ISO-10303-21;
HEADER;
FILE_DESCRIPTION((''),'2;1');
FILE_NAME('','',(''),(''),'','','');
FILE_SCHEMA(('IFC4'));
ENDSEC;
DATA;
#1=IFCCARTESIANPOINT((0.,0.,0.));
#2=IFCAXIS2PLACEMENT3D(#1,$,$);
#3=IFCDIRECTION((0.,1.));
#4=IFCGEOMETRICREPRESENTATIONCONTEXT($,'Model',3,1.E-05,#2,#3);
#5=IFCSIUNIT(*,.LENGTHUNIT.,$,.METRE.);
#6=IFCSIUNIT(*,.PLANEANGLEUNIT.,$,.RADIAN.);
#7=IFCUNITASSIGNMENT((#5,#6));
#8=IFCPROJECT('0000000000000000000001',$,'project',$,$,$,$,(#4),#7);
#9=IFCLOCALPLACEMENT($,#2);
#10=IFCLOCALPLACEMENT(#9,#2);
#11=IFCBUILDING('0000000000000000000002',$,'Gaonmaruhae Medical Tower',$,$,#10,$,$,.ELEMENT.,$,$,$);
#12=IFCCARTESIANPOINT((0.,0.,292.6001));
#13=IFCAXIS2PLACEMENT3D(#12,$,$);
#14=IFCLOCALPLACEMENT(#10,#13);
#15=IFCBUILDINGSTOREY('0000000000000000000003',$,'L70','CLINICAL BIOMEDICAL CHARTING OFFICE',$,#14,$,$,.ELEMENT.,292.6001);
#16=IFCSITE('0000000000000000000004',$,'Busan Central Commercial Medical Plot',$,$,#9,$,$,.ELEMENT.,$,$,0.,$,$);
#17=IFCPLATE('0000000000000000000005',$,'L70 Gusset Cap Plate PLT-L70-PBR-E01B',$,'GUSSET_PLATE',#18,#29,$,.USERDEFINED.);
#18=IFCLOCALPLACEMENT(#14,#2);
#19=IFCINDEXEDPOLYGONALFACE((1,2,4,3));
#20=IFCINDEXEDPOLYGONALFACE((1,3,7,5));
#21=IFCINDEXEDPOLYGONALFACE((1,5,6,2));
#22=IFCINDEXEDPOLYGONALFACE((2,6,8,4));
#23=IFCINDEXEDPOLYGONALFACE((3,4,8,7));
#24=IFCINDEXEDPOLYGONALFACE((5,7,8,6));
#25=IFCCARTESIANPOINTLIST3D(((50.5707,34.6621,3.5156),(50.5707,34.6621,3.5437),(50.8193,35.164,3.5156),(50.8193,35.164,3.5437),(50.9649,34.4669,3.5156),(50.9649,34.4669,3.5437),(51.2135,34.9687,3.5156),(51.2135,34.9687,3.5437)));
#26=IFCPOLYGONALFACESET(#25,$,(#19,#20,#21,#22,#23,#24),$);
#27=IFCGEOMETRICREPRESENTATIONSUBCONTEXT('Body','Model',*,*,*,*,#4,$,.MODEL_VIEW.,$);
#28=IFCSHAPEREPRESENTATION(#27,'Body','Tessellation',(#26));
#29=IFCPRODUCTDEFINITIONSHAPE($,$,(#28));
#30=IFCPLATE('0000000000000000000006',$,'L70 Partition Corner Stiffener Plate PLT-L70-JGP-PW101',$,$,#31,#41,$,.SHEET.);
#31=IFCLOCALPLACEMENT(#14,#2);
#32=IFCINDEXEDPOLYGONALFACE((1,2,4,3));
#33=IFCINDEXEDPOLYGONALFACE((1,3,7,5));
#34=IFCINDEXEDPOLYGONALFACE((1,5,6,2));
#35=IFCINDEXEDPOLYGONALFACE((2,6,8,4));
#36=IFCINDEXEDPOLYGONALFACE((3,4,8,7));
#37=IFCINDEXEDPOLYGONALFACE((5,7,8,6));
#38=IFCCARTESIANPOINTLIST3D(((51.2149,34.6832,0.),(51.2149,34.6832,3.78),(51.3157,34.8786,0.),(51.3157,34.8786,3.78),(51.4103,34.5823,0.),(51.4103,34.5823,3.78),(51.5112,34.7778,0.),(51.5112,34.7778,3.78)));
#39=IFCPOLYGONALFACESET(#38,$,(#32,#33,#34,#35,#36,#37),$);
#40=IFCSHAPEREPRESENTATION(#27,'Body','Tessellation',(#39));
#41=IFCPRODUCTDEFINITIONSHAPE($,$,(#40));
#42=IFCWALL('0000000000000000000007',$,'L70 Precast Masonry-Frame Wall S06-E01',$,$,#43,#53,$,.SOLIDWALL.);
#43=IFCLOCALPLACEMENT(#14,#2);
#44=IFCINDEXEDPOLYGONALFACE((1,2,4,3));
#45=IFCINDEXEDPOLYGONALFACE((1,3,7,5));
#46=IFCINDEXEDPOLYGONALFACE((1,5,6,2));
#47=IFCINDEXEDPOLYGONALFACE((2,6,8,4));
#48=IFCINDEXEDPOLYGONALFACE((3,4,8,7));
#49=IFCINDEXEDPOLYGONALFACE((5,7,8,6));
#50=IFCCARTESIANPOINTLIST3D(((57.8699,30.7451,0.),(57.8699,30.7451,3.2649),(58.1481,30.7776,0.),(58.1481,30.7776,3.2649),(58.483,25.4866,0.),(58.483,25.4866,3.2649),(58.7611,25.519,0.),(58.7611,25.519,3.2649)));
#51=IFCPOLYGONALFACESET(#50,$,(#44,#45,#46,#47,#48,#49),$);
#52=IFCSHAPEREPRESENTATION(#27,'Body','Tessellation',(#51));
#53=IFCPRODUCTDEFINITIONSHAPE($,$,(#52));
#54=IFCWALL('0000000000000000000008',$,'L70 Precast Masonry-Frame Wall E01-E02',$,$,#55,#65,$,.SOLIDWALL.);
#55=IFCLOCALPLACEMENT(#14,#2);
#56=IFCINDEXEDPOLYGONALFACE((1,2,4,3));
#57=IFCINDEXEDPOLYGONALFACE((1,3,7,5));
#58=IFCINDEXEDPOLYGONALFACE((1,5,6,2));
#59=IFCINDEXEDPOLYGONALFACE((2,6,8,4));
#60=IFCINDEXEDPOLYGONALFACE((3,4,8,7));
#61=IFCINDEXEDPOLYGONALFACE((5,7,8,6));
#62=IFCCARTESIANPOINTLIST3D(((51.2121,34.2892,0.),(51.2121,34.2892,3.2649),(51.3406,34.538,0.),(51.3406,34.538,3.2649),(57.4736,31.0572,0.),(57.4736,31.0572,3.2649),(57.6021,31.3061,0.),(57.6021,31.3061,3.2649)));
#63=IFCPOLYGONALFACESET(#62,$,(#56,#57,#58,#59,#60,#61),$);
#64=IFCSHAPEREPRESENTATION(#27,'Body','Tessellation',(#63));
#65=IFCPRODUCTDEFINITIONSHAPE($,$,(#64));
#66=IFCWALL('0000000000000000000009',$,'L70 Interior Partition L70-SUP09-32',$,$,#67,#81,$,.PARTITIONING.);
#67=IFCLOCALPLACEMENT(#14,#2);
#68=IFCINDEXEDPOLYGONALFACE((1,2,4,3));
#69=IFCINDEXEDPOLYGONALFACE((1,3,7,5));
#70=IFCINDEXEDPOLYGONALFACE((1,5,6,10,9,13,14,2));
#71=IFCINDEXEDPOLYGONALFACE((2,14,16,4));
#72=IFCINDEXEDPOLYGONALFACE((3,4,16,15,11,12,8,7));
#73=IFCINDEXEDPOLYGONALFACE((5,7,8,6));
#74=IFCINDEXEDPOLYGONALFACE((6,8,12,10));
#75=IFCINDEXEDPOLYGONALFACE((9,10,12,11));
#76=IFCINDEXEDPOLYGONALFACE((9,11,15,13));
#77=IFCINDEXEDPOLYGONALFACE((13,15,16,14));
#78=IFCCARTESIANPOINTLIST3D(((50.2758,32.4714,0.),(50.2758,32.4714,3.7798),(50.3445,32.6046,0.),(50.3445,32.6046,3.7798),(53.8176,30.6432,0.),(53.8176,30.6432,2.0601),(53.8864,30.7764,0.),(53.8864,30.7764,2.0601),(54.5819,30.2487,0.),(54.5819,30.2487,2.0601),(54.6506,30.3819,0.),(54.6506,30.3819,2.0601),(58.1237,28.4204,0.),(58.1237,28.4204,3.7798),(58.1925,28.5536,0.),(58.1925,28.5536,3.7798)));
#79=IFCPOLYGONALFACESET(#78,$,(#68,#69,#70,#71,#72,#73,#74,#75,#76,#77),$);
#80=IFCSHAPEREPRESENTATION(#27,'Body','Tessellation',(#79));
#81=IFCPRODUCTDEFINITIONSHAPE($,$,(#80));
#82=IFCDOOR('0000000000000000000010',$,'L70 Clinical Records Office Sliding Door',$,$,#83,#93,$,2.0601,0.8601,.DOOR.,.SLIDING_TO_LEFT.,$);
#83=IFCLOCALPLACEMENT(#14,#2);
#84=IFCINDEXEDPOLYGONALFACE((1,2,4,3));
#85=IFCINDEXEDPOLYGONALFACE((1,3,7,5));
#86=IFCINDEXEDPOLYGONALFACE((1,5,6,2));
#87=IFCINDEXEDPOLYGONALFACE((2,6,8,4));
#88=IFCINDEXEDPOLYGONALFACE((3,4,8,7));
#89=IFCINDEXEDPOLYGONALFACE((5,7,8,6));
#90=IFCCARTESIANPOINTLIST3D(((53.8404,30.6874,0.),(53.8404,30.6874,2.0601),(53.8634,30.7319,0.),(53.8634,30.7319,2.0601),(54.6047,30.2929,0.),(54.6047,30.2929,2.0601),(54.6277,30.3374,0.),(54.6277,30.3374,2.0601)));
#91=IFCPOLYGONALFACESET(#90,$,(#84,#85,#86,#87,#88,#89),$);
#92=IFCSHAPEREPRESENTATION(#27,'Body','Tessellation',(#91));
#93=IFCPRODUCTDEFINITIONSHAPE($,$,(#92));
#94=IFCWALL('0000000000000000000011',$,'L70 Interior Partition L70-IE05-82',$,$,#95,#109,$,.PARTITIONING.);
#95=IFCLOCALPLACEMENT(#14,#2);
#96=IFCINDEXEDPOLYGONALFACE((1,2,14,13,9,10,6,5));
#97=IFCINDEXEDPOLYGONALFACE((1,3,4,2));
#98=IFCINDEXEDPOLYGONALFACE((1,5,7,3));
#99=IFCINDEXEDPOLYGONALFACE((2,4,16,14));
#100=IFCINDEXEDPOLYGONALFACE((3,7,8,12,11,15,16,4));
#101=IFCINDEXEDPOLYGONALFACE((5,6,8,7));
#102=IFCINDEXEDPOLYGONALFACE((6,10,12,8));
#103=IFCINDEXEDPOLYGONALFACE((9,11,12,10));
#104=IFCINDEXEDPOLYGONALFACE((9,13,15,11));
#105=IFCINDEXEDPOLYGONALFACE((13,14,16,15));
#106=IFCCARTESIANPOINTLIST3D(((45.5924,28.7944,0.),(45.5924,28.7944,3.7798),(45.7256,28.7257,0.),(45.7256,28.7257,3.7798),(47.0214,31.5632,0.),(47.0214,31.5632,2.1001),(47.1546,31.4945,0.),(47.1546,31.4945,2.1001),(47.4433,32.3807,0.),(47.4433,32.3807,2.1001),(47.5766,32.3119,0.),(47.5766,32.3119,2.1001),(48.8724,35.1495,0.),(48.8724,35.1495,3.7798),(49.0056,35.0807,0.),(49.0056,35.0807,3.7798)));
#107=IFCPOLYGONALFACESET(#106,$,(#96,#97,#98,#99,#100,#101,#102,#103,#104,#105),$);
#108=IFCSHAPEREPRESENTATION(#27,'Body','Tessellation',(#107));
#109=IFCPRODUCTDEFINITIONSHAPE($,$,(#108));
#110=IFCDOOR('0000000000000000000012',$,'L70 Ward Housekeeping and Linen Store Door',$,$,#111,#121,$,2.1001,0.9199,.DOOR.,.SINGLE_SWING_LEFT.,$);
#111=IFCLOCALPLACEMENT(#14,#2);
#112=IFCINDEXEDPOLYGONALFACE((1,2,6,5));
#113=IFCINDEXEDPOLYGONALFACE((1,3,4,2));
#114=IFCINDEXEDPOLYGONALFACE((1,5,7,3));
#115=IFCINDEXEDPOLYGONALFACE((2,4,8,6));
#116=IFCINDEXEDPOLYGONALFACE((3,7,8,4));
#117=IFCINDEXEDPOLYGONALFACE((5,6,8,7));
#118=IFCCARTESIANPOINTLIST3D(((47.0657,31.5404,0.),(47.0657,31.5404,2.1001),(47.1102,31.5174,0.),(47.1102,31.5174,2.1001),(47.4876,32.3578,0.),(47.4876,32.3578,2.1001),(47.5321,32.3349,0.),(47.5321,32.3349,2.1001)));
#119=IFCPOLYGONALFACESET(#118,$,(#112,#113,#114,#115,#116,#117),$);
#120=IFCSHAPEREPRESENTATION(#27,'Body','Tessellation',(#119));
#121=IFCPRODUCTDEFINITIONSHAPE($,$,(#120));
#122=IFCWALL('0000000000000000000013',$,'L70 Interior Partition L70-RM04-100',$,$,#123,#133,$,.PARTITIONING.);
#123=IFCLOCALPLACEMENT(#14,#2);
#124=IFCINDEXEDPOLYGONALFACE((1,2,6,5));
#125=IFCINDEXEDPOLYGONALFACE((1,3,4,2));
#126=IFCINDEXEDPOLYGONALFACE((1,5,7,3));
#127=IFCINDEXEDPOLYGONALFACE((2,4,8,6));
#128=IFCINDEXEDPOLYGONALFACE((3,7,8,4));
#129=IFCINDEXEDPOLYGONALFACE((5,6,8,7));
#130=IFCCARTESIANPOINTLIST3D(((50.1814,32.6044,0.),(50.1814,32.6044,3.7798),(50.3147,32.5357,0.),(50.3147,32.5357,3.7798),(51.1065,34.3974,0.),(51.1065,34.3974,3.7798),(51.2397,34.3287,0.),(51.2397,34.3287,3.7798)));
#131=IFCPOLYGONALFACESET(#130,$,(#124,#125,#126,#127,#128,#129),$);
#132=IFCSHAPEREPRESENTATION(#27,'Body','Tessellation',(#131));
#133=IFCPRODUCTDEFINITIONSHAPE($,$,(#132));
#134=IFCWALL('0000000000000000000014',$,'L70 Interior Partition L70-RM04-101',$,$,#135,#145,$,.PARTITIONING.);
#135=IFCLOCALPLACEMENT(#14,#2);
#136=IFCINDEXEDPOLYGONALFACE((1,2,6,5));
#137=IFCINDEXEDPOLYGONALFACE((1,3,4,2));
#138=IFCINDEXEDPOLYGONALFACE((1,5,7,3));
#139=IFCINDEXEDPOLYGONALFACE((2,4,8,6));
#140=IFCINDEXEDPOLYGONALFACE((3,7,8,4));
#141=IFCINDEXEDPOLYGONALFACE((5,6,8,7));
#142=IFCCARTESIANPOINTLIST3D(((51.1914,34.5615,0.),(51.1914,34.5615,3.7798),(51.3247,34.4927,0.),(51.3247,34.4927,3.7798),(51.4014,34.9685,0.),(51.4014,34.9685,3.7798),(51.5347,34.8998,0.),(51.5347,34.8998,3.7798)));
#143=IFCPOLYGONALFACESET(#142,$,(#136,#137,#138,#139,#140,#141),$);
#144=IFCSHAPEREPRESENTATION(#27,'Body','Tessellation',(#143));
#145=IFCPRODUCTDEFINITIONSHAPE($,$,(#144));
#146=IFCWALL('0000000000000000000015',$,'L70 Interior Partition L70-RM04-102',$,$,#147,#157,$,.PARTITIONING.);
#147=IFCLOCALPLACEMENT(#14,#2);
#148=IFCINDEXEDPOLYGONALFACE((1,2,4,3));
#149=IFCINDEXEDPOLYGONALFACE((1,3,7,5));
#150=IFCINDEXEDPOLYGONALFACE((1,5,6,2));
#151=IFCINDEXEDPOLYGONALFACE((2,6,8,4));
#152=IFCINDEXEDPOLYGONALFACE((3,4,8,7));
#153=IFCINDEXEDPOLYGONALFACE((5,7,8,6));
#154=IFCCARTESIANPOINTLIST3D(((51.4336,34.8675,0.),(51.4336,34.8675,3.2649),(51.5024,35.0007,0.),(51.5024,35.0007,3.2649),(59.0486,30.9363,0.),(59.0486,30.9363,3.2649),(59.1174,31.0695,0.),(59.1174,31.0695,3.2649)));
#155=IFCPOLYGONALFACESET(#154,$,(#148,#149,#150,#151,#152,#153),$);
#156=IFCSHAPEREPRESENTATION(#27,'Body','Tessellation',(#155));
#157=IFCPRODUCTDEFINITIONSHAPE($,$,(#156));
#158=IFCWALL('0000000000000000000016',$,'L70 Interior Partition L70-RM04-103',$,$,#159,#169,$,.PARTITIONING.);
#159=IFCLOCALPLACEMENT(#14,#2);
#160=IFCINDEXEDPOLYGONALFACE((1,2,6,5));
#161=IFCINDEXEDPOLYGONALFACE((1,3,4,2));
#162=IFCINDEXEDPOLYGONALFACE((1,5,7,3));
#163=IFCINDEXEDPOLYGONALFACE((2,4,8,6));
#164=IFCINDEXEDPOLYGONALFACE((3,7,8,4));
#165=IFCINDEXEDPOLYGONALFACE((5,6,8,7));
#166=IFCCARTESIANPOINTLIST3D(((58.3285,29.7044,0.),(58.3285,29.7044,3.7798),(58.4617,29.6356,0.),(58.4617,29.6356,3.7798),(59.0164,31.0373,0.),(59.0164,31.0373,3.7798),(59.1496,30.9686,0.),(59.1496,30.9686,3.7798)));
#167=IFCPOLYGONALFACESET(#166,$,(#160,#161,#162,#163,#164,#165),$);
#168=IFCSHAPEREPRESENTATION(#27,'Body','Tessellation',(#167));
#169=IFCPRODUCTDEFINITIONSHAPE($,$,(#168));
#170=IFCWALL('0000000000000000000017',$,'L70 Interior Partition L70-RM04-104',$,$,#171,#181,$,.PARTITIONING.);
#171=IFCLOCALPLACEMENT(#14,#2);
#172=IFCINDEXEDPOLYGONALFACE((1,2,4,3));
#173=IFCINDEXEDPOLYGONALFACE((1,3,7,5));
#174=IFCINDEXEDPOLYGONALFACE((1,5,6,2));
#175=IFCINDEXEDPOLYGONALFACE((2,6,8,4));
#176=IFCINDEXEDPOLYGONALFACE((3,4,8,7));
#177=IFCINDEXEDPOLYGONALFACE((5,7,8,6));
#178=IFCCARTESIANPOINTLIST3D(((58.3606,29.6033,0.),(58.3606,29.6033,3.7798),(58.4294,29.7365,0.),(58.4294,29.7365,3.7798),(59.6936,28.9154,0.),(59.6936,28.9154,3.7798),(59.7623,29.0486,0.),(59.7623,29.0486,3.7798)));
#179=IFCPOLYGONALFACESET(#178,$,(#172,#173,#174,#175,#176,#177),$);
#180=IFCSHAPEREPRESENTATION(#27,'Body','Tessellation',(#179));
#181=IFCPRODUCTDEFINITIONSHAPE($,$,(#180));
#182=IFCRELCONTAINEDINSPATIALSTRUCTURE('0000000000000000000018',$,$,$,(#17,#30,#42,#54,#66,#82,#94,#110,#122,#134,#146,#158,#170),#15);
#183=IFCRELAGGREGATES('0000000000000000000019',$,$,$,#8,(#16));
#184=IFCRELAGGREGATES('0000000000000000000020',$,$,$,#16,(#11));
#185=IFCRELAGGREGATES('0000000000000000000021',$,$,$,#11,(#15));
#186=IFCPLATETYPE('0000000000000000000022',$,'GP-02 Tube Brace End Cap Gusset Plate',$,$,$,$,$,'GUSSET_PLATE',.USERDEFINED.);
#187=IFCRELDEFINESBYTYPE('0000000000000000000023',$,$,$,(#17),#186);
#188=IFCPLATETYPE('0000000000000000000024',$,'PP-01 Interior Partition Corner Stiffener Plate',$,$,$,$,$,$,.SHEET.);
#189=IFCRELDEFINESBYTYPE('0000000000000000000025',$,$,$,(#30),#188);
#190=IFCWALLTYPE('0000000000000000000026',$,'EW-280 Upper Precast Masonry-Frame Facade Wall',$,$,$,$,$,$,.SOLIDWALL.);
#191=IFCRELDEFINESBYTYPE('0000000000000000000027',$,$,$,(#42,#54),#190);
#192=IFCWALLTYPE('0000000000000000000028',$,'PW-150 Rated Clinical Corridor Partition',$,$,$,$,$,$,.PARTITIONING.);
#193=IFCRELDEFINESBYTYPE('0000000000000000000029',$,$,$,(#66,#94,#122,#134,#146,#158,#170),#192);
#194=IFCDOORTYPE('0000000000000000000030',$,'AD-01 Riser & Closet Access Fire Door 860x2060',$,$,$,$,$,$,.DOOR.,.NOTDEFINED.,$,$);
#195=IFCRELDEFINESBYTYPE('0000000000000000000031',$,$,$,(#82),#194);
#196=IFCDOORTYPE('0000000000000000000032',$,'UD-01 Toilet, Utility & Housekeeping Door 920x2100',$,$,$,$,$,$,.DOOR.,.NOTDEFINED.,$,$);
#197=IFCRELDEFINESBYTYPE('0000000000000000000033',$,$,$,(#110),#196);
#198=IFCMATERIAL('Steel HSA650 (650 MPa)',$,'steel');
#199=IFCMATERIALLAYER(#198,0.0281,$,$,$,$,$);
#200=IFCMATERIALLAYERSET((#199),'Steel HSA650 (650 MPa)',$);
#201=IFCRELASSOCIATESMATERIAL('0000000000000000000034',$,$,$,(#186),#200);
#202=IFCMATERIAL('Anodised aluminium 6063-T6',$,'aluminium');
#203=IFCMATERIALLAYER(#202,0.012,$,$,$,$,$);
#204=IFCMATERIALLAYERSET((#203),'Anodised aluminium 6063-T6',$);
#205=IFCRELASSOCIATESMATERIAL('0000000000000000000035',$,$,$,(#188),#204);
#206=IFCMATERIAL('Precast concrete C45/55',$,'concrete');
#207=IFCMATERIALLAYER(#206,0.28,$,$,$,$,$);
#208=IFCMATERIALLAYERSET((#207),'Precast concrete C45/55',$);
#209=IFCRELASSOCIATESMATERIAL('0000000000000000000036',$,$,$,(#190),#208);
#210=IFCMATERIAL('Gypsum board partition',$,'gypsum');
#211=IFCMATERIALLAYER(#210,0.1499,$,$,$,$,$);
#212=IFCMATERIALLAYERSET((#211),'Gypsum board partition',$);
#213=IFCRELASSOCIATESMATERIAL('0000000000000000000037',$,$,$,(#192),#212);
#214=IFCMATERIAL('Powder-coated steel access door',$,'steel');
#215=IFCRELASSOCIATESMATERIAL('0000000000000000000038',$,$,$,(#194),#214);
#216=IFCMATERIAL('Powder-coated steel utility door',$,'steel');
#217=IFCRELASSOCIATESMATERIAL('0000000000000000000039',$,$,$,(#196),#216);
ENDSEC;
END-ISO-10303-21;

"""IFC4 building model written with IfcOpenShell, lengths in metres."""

from ifc_helpers import new_model, si_unit, direction, frame, frame_2d, origin, origin_2d, place, context, subcontext, project, spatial, rectangle, extrude, material, layer, layer_set, type_object, element, fill, save


model = new_model("IFC4")

# Units and contexts
model_context = context("Model", 3, precision=1e-05, world=origin(), true_north=direction((0.0, 1.0)))
body_context = subcontext(model_context, "Body", "Model", "MODEL_VIEW")
ifc_project = project(units=[si_unit("LENGTHUNIT", "METRE"), si_unit("PLANEANGLEUNIT", "RADIAN")], contexts=[model_context])

# Site, building, storey
site_placement = place(None, origin())
site = spatial("IfcSite", under=ifc_project, at=site_placement, Name="Busan Central Commercial Medical Plot", CompositionType="ELEMENT", RefElevation=0.0)
building_placement = place(site_placement, origin())
building = spatial("IfcBuilding", under=site, at=building_placement, Name="Gaonmaruhae Medical Tower", CompositionType="ELEMENT")
storey_placement = place(building_placement, frame((0.0, 0.0, 292.6001)))
storey = spatial("IfcBuildingStorey", under=building, at=storey_placement, Name="L70", Description="CLINICAL BIOMEDICAL CHARTING OFFICE", CompositionType="ELEMENT", Elevation=292.6001)

# Plates
ifc_material_1 = material(Name="Steel HSA650 (650 MPa)", Category="steel")
ifc_layer_1 = layer(ifc_material_1, 0.0281)
ifc_layer_set_1 = layer_set([ifc_layer_1], Name="Steel HSA650 (650 MPa)")
plate_type_1 = type_object("IfcPlateType", Name="GP-02 Tube Brace End Cap Gusset Plate", ElementType="GUSSET_PLATE", PredefinedType="USERDEFINED", material=ifc_layer_set_1)
for number, where, z_axis, x_axis, name in (
    (1, (50.8921, 34.8154, 3.5156), (0.0, 0.0, 1.0), (0.443853, 0.896099, 0.0), "L70 Gusset Cap Plate PLT-L70-PBR-E01B"),
):
    element("IfcPlate", number, at=place(storey_placement, frame(where, z_axis=z_axis, x_axis=x_axis)), inside=storey, type_object=plate_type_1, Name=name, ObjectType="GUSSET_PLATE", PredefinedType="USERDEFINED", context=body_context, shape_type="SweptSolid", body=[
        extrude(rectangle(XDim=0.5601, YDim=0.4399, at=origin_2d()), origin(), (0.0, 0.0, 1.0), 0.0281),
    ])
ifc_material_2 = material(Name="Anodised aluminium 6063-T6", Category="aluminium")
ifc_layer_2 = layer(ifc_material_2, 0.012)
ifc_layer_set_2 = layer_set([ifc_layer_2], Name="Anodised aluminium 6063-T6")
plate_type_2 = type_object("IfcPlateType", Name="PP-01 Interior Partition Corner Stiffener Plate", PredefinedType="SHEET", material=ifc_layer_set_2)
plate_placement = place(storey_placement, frame((51.363, 34.7305, 0.0), z_axis=(0.0, 0.0, 1.0), x_axis=(0.458525, 0.888681, 0.0)))
element("IfcPlate", 2, at=plate_placement, inside=storey, type_object=plate_type_2, Name="L70 Partition Corner Stiffener Plate PLT-L70-JGP-PW101", PredefinedType="SHEET", context=body_context, shape_type="SweptSolid", body=[
    extrude(rectangle(XDim=0.22, YDim=0.22, at=origin_2d()), origin(), (0.0, 0.0, 1.0), 3.78),
])

# Walls
ifc_material_3 = material(Name="Precast concrete C45/55", Category="concrete")
ifc_layer_3 = layer(ifc_material_3, 0.28)
ifc_layer_set_3 = layer_set([ifc_layer_3], Name="Precast concrete C45/55")
wall_type_1 = type_object("IfcWallType", Name="EW-280 Upper Precast Masonry-Frame Facade Wall", PredefinedType="SOLIDWALL", material=ifc_layer_set_3)
wall_1_placement = place(storey_placement, frame((58.009, 30.7612, 0.0), z_axis=(0.0, 0.0, 1.0), x_axis=(0.115795, -0.993273, 0.0)))
element("IfcWall", 3, at=wall_1_placement, inside=storey, type_object=wall_type_1, Name="L70 Precast Masonry-Frame Wall S06-E01", PredefinedType="SOLIDWALL", context=body_context, shape_type="SweptSolid", body=[
    extrude(rectangle(XDim=5.2942, YDim=0.28, at=frame_2d((2.647, 0.0))), origin(), (0.0, 0.0, 1.0), 3.2649),
])
wall_2_placement = place(storey_placement, frame((51.2764, 34.4136, 0.0), z_axis=(0.0, 0.0, 1.0), x_axis=(0.888609, -0.458666, 0.0)))
element("IfcWall", 4, at=wall_2_placement, inside=storey, type_object=wall_type_1, Name="L70 Precast Masonry-Frame Wall E01-E02", PredefinedType="SOLIDWALL", context=body_context, shape_type="SweptSolid", body=[
    extrude(rectangle(XDim=7.0464, YDim=0.28, at=frame_2d((3.5232, 0.0))), origin(), (0.0, 0.0, 1.0), 3.2649),
])

# Walls, openings, doors
ifc_material_4 = material(Name="Gypsum board partition", Category="gypsum")
ifc_layer_4 = layer(ifc_material_4, 0.1499)
ifc_layer_set_4 = layer_set([ifc_layer_4], Name="Gypsum board partition")
wall_type_2 = type_object("IfcWallType", Name="PW-150 Rated Clinical Corridor Partition", PredefinedType="PARTITIONING", material=ifc_layer_set_4)
wall_3_placement = place(storey_placement, frame((50.3101, 32.5381, 0.0), z_axis=(0.0, 0.0, 1.0), x_axis=(0.888598, -0.458687, 0.0)))
wall_3 = element("IfcWall", 5, at=wall_3_placement, inside=storey, type_object=wall_type_2, Name="L70 Interior Partition L70-SUP09-32", PredefinedType="PARTITIONING", context=body_context, shape_type="SweptSolid", body=[
    extrude(rectangle(XDim=8.8318, YDim=0.1499, at=frame_2d((4.416, 0.0))), origin(), (0.0, 0.0, 1.0), 3.7798),
])
opening_1_placement = place(wall_3_placement, frame((3.9858, 0.0, 0.0)))
opening_1 = element("IfcOpeningElement", 6, at=opening_1_placement, cuts=wall_3, PredefinedType="OPENING", context=body_context, shape_type="SweptSolid", body=[
    extrude(rectangle(XDim=0.8601, YDim=2.0601, at=frame_2d((0.4302, 1.03))), frame((0.0, 0.085, 0.0), z_axis=(0.0, -1.0, 0.0), x_axis=(1.0, 0.0, 0.0)), (0.0, 0.0, 1.0), 0.1699),
])
ifc_material_5 = material(Name="Powder-coated steel access door", Category="steel")
door_type_1 = type_object("IfcDoorType", Name="AD-01 Riser & Closet Access Fire Door 860x2060", OperationType="NOTDEFINED", PredefinedType="DOOR", material=ifc_material_5)
door_1_placement = place(opening_1_placement, origin())
door_1 = element("IfcDoor", 7, at=door_1_placement, inside=storey, type_object=door_type_1, Name="L70 Clinical Records Office Sliding Door", OperationType="SLIDING_TO_LEFT", OverallHeight=2.0601, OverallWidth=0.8601, PredefinedType="DOOR", context=body_context, shape_type="SweptSolid", body=[
    extrude(rectangle(XDim=0.8601, YDim=2.0601, at=frame_2d((0.4302, 1.03))), frame((0.0, 0.0249, 0.0), z_axis=(0.0, -1.0, 0.0), x_axis=(1.0, 0.0, 0.0)), (0.0, 0.0, 1.0), 0.05),
])
fill(opening_1, door_1)
wall_4_placement = place(storey_placement, frame((48.939, 35.115, 0.0), z_axis=(0.0, 0.0, 1.0), x_axis=(-0.458647, -0.888618, 0.0)))
wall_4 = element("IfcWall", 8, at=wall_4_placement, inside=storey, type_object=wall_type_2, Name="L70 Interior Partition L70-IE05-82", PredefinedType="PARTITIONING", context=body_context, shape_type="SweptSolid", body=[
    extrude(rectangle(XDim=7.1516, YDim=0.1499, at=frame_2d((3.5757, 0.0))), origin(), (0.0, 0.0, 1.0), 3.7798),
])
opening_2_placement = place(wall_4_placement, frame((3.1157, 0.0, 0.0)))
opening_2 = element("IfcOpeningElement", 9, at=opening_2_placement, cuts=wall_4, PredefinedType="OPENING", context=body_context, shape_type="SweptSolid", body=[
    extrude(rectangle(XDim=0.9199, YDim=2.1001, at=frame_2d((0.46, 1.05))), frame((0.0, 0.085, 0.0), z_axis=(0.0, -1.0, 0.0), x_axis=(1.0, 0.0, 0.0)), (0.0, 0.0, 1.0), 0.1699),
])
ifc_material_6 = material(Name="Powder-coated steel utility door", Category="steel")
door_type_2 = type_object("IfcDoorType", Name="UD-01 Toilet, Utility & Housekeeping Door 920x2100", OperationType="NOTDEFINED", PredefinedType="DOOR", material=ifc_material_6)
door_2_placement = place(opening_2_placement, origin())
door_2 = element("IfcDoor", 10, at=door_2_placement, inside=storey, type_object=door_type_2, Name="L70 Ward Housekeeping and Linen Store Door", OperationType="SINGLE_SWING_LEFT", OverallHeight=2.1001, OverallWidth=0.9199, PredefinedType="DOOR", context=body_context, shape_type="SweptSolid", body=[
    extrude(rectangle(XDim=0.9199, YDim=2.1001, at=frame_2d((0.46, 1.05))), frame((0.0, 0.0249, 0.0), z_axis=(0.0, -1.0, 0.0), x_axis=(1.0, 0.0, 0.0)), (0.0, 0.0, 1.0), 0.05),
])
fill(opening_2, door_2)

# Walls
wall_5_placement = place(storey_placement, frame((50.248, 32.5701, 0.0), z_axis=(0.0, 0.0, 1.0), x_axis=(0.458504, 0.888692, 0.0)))
element("IfcWall", 11, at=wall_5_placement, inside=storey, type_object=wall_type_2, Name="L70 Interior Partition L70-RM04-100", PredefinedType="PARTITIONING", context=body_context, shape_type="SweptSolid", body=[
    extrude(rectangle(XDim=2.0176, YDim=0.1499, at=frame_2d((1.0088, 0.0))), origin(), (0.0, 0.0, 1.0), 3.7798),
])
wall_6_placement = place(storey_placement, frame((51.2581, 34.5271, 0.0), z_axis=(0.0, 0.0, 1.0), x_axis=(0.45848, 0.888705, 0.0)))
element("IfcWall", 12, at=wall_6_placement, inside=storey, type_object=wall_type_2, Name="L70 Interior Partition L70-RM04-101", PredefinedType="PARTITIONING", context=body_context, shape_type="SweptSolid", body=[
    extrude(rectangle(XDim=0.458, YDim=0.1499, at=frame_2d((0.229, 0.0))), origin(), (0.0, 0.0, 1.0), 3.7798),
])
wall_7_placement = place(storey_placement, frame((51.468, 34.9341, 0.0), z_axis=(0.0, 0.0, 1.0), x_axis=(0.888581, -0.45872, 0.0)))
element("IfcWall", 13, at=wall_7_placement, inside=storey, type_object=wall_type_2, Name="L70 Interior Partition L70-RM04-102", PredefinedType="PARTITIONING", context=body_context, shape_type="SweptSolid", body=[
    extrude(rectangle(XDim=8.5698, YDim=0.1499, at=frame_2d((4.2849, 0.0))), origin(), (0.0, 0.0, 1.0), 3.2649),
])
for number, where, z_axis, x_axis, name in (
    (14, (59.083, 31.0029, 0.0), (0.0, 0.0, 1.0), (-0.458635, -0.888625, 0.0), "L70 Interior Partition L70-RM04-103"),
    (15, (58.395, 29.6699, 0.0), (0.0, 0.0, 1.0), (0.888625, -0.458635, 0.0), "L70 Interior Partition L70-RM04-104"),
):
    element("IfcWall", number, at=place(storey_placement, frame(where, z_axis=z_axis, x_axis=x_axis)), inside=storey, type_object=wall_type_2, Name=name, PredefinedType="PARTITIONING", context=body_context, shape_type="SweptSolid", body=[
        extrude(rectangle(XDim=1.5, YDim=0.1499, at=frame_2d((0.75, 0.0))), origin(), (0.0, 0.0, 1.0), 3.7798),
    ])

save(model, "model.ifc")
